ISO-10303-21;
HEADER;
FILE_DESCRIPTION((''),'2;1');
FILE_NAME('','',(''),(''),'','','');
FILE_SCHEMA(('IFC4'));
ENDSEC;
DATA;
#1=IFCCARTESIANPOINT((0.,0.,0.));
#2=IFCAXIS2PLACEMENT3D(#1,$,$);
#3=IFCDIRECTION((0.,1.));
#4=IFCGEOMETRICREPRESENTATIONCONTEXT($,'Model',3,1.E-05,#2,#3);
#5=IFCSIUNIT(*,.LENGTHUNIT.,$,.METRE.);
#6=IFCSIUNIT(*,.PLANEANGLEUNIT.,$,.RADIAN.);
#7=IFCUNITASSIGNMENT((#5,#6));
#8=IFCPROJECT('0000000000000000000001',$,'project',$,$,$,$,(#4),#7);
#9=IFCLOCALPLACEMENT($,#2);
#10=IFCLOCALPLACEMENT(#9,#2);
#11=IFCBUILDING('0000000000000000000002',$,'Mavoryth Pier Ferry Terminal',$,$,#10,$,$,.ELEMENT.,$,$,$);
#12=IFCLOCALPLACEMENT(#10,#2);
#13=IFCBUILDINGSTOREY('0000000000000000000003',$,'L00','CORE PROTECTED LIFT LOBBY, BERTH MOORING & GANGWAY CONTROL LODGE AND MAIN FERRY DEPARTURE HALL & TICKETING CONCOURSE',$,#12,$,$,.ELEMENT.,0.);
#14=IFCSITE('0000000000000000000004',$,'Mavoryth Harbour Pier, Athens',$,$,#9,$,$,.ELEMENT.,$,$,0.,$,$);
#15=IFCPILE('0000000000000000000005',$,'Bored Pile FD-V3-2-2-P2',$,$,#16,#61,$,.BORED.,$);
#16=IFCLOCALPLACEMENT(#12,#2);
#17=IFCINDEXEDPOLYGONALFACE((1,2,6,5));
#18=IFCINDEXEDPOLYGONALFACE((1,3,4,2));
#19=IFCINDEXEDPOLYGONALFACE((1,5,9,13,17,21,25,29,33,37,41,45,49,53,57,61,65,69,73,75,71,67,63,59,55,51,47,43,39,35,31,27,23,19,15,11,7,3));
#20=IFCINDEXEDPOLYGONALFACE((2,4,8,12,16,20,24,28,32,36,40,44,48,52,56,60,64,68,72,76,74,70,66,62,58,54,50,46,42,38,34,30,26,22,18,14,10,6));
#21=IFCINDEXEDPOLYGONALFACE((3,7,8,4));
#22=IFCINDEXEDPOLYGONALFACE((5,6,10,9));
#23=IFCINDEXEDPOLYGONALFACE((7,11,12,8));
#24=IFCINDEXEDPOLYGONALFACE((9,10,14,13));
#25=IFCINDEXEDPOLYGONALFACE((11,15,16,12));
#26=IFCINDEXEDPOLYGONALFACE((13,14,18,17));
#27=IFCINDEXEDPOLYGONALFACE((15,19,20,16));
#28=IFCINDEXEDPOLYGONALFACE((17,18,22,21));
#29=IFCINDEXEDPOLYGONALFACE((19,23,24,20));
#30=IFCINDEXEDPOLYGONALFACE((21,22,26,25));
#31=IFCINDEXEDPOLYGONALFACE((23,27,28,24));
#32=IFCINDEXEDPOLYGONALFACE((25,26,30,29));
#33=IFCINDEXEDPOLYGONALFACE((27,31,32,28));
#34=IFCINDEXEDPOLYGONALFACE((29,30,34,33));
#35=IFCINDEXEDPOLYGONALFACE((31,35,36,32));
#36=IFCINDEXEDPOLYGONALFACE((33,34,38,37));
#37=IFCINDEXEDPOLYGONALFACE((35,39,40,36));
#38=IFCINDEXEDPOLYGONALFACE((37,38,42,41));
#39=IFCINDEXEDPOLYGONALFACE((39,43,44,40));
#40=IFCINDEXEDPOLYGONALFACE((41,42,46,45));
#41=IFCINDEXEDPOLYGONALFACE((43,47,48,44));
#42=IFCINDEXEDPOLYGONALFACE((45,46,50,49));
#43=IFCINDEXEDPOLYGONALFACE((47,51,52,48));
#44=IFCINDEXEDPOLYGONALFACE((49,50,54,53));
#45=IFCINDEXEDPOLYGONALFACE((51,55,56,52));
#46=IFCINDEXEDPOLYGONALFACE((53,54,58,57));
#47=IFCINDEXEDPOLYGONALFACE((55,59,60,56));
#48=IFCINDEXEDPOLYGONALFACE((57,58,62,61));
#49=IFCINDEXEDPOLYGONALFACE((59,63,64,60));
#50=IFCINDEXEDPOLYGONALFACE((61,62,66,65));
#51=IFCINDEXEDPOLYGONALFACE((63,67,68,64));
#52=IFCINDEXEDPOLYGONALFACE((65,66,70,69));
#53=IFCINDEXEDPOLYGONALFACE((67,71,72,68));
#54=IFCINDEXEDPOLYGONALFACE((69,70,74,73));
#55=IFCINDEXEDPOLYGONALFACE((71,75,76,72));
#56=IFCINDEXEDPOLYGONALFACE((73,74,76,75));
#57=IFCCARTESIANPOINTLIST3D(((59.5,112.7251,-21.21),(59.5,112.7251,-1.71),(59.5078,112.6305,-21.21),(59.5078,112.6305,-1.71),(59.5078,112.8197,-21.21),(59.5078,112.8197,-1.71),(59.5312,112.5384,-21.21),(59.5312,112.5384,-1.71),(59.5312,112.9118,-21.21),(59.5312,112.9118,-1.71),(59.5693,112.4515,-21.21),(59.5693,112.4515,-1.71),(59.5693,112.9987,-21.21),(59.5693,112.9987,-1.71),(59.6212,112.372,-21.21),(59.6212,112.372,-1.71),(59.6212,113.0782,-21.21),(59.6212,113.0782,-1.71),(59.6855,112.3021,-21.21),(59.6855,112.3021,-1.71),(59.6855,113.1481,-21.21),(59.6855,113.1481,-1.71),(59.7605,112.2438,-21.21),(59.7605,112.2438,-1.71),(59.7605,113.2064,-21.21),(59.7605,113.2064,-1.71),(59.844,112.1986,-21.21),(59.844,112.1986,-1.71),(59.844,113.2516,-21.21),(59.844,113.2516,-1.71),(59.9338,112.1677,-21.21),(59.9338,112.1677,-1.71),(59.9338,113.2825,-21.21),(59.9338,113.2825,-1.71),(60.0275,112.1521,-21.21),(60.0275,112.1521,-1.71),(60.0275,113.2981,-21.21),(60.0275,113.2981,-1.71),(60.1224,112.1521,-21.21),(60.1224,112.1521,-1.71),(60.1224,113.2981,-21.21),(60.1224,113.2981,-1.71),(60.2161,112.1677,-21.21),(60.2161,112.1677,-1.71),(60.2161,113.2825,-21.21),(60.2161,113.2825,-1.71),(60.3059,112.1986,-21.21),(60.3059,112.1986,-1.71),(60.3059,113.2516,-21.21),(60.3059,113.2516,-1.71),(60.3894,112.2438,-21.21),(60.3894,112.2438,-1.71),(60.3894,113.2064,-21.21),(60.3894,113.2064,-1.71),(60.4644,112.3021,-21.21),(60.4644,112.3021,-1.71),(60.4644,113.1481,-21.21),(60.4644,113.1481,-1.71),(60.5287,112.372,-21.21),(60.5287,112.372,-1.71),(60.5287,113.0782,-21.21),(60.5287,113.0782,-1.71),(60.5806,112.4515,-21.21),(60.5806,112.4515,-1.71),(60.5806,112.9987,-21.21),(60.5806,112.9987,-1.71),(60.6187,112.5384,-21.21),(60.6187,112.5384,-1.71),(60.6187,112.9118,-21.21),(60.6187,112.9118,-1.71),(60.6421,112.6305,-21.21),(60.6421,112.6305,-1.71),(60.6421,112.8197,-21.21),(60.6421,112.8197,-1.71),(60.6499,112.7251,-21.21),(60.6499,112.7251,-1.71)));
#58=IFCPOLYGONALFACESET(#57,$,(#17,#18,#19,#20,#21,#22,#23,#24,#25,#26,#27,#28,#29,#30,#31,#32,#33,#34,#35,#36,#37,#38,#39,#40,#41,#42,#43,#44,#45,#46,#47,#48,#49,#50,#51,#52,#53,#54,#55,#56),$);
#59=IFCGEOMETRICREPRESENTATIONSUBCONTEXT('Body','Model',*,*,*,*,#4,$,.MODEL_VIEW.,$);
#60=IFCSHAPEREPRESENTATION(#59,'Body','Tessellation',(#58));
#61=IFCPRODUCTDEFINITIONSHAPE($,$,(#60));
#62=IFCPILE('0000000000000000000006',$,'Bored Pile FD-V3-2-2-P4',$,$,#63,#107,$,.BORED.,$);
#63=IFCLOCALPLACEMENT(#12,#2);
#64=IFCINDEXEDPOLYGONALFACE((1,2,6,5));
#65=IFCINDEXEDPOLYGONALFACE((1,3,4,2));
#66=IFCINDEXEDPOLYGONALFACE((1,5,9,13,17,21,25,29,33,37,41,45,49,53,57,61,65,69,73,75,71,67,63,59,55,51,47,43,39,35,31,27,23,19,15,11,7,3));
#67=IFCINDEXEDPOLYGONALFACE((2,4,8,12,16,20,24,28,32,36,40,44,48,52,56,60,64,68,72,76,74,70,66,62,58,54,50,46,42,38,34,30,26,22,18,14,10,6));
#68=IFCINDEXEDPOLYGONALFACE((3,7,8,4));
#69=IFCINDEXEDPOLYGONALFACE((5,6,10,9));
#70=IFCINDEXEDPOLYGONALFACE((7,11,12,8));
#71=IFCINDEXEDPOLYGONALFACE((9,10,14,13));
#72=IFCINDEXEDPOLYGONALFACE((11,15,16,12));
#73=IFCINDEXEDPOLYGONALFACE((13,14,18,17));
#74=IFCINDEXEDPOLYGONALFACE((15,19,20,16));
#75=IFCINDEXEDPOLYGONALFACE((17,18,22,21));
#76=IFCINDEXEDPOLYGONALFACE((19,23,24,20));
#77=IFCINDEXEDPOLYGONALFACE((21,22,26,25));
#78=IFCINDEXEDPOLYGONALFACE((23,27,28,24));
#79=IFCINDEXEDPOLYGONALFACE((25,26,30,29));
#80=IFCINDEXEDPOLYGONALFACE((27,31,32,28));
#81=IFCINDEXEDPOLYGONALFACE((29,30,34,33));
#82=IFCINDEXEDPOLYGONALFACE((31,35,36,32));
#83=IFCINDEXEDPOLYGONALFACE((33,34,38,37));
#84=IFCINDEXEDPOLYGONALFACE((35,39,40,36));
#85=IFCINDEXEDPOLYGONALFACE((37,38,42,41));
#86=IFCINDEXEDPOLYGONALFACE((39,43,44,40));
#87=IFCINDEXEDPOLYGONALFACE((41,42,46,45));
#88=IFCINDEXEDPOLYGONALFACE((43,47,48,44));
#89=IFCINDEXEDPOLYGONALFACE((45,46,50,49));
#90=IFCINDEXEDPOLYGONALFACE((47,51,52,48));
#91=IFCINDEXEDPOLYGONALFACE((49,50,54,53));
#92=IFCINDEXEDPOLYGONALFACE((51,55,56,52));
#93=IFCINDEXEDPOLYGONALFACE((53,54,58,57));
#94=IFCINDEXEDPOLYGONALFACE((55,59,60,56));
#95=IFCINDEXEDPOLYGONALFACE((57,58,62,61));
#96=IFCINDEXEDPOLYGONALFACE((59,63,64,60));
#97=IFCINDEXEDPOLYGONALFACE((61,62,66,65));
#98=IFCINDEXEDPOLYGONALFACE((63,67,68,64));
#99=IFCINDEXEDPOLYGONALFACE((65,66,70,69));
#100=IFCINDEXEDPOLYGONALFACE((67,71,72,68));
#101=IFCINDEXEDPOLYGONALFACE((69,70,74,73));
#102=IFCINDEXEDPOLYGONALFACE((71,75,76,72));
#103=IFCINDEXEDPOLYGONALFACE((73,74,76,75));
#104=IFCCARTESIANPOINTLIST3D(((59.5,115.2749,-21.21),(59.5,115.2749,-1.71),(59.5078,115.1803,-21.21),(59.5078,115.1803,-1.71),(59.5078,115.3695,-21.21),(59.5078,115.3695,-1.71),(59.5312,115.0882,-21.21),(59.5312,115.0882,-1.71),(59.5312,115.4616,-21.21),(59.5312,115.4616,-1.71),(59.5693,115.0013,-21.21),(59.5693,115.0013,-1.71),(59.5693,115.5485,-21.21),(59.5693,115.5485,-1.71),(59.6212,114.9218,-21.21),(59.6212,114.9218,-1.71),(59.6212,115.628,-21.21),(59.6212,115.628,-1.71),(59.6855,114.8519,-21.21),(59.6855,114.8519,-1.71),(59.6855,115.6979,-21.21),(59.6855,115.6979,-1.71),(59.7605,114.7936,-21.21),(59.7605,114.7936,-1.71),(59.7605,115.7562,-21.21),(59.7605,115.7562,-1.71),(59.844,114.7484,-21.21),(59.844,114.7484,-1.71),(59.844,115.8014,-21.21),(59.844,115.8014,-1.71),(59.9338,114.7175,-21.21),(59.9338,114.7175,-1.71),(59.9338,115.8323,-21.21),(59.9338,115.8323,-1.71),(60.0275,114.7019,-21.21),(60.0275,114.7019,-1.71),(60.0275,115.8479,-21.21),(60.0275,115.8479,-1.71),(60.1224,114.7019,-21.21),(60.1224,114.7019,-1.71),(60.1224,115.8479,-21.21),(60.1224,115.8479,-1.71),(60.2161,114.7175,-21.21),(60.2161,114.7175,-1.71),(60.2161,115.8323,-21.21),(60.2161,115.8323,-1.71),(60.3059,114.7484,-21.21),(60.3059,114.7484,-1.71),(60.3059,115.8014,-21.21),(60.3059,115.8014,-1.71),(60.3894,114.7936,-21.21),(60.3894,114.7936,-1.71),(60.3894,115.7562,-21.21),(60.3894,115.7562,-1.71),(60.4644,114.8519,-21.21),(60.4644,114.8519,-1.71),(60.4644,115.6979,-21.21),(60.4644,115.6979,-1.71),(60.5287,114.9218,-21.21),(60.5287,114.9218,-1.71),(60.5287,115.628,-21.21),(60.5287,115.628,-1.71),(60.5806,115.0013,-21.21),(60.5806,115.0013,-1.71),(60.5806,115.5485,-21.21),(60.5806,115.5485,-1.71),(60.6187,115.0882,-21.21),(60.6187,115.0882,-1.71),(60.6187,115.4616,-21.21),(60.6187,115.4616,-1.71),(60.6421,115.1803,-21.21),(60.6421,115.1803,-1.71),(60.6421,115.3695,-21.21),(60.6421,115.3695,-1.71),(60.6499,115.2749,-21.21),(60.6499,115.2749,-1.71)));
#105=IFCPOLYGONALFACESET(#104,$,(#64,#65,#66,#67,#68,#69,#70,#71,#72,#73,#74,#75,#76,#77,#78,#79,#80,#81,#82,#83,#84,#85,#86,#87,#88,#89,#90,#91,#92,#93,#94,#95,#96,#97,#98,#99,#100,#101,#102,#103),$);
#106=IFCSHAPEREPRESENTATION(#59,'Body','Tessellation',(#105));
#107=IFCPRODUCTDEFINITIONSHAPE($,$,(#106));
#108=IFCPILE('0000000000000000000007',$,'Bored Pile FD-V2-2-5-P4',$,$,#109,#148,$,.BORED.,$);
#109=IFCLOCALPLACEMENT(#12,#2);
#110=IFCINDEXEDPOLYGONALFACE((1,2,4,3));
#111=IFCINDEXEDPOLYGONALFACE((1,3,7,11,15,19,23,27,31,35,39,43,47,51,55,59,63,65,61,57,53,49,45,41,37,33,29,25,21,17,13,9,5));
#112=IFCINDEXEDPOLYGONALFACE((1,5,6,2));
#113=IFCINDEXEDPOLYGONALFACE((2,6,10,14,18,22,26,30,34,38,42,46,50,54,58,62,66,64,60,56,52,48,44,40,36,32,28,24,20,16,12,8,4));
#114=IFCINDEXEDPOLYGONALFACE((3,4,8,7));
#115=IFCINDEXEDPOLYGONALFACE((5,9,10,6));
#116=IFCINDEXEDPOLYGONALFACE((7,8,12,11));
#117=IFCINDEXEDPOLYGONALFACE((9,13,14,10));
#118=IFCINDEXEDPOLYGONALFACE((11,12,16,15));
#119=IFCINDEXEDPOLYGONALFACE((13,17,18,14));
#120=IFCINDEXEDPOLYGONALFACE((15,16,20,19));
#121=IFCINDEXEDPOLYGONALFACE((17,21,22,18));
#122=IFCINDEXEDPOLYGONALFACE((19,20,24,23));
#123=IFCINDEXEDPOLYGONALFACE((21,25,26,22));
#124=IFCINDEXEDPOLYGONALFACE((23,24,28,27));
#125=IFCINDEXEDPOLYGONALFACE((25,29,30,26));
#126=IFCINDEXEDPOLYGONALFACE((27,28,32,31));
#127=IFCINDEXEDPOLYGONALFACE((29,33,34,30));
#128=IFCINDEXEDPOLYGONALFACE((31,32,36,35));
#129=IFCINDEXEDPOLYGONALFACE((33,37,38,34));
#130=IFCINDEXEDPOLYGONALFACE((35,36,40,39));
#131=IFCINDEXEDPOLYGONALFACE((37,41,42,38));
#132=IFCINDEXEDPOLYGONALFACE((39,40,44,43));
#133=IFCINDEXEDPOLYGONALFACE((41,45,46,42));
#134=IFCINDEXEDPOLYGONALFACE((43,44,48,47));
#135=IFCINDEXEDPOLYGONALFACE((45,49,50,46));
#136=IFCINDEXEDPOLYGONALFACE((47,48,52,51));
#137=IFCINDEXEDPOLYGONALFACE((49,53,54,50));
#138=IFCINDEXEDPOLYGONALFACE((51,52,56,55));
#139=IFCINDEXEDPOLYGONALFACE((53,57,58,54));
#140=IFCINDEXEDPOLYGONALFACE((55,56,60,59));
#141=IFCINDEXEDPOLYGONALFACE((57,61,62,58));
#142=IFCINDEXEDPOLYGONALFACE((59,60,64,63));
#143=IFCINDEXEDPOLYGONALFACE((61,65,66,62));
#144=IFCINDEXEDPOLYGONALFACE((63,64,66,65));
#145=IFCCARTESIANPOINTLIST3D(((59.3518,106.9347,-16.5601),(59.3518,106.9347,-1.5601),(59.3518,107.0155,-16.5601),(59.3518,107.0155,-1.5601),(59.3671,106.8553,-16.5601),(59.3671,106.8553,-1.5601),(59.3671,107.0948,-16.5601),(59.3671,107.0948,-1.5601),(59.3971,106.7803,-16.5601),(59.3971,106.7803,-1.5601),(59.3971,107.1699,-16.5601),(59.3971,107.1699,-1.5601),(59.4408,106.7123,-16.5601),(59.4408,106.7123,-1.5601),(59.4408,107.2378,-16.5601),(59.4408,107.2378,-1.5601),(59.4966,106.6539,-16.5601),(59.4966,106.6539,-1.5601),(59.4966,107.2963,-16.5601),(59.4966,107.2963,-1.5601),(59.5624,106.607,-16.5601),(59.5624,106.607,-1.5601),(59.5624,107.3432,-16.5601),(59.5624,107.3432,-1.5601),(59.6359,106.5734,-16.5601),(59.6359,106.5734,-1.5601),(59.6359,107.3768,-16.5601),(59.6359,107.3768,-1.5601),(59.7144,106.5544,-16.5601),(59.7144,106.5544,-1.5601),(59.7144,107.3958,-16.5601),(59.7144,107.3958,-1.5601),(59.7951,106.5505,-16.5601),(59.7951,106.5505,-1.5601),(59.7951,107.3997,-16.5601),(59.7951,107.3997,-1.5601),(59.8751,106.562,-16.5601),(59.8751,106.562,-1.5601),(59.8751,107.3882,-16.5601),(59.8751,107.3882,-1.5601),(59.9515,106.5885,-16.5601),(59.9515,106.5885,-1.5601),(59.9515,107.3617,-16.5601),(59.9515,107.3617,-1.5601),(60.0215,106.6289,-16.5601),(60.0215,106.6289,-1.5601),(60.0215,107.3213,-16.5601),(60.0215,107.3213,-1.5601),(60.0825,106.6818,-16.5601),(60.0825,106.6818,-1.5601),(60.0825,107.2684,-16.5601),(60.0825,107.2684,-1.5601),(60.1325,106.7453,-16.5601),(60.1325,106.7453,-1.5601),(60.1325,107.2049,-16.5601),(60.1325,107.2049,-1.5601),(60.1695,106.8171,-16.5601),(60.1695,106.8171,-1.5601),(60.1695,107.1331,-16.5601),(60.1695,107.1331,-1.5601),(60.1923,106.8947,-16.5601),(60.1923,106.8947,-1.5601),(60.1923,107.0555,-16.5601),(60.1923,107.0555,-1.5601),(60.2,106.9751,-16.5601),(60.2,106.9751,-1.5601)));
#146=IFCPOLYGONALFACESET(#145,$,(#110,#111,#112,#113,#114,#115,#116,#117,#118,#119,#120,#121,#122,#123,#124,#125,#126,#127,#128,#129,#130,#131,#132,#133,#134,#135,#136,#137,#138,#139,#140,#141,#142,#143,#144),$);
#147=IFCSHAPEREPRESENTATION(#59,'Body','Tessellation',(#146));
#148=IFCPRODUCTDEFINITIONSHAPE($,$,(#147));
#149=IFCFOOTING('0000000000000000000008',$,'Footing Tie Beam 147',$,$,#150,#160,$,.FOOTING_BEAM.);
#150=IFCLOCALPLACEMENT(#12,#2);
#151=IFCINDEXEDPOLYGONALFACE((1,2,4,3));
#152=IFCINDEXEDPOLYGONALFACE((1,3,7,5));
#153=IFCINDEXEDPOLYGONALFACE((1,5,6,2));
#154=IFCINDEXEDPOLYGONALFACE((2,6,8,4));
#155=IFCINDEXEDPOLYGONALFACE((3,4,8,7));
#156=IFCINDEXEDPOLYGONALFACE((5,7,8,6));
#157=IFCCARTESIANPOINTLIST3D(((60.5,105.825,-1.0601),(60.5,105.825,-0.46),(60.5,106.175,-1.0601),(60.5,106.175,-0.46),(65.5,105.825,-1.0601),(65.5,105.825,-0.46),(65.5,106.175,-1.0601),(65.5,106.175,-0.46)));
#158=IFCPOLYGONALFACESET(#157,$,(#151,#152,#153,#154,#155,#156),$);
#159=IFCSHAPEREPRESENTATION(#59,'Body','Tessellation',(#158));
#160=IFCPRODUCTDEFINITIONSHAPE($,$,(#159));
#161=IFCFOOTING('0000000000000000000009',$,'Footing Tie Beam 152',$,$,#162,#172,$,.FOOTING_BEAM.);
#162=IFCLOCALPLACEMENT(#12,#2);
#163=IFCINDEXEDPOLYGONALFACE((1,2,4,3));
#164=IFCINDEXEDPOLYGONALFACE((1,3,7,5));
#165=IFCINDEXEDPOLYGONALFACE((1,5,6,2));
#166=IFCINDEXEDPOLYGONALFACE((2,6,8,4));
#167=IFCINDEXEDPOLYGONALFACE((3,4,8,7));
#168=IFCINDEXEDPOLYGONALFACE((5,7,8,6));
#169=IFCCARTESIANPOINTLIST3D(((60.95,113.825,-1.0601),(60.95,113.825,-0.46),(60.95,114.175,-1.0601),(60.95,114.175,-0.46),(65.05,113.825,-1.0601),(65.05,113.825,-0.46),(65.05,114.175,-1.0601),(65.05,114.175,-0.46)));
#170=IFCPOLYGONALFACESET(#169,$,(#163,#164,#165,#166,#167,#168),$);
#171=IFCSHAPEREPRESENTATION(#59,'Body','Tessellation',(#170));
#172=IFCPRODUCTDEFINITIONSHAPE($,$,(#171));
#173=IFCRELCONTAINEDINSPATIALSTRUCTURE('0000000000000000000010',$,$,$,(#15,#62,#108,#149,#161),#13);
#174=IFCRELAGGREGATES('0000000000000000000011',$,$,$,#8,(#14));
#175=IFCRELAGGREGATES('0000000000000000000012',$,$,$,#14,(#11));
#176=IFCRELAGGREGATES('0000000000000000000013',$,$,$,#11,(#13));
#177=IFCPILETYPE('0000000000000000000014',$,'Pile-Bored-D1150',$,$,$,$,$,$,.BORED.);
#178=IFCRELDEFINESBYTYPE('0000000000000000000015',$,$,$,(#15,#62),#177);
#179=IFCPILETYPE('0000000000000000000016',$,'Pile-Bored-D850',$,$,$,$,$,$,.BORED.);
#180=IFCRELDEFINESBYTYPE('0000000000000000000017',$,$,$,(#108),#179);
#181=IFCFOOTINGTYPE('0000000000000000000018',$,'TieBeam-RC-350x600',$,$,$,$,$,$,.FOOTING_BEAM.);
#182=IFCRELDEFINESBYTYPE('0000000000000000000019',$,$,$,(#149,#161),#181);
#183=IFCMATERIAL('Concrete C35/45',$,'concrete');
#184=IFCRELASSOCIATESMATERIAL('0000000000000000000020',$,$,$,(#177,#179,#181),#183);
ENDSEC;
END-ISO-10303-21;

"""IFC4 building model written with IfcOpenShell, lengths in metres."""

from ifc_helpers import new_model, si_unit, direction, frame, origin, origin_2d, place, context, subcontext, project, spatial, rectangle, circle, extrude, material, material_profile, profile_set, type_object, element, save


model = new_model("IFC4")

# Units and contexts
model_context = context("Model", 3, precision=1e-05, world=origin(), true_north=direction((0.0, 1.0)))
body_context = subcontext(model_context, "Body", "Model", "MODEL_VIEW")
ifc_project = project(units=[si_unit("LENGTHUNIT", "METRE"), si_unit("PLANEANGLEUNIT", "RADIAN")], contexts=[model_context])

# Site, building, storey
site_placement = place(None, origin())
site = spatial("IfcSite", under=ifc_project, at=site_placement, Name="Mavoryth Harbour Pier, Athens", CompositionType="ELEMENT", RefElevation=0.0)
building_placement = place(site_placement, origin())
building = spatial("IfcBuilding", under=site, at=building_placement, Name="Mavoryth Pier Ferry Terminal", CompositionType="ELEMENT")
storey_placement = place(building_placement, origin())
storey = spatial("IfcBuildingStorey", under=building, at=storey_placement, Name="L00", Description="CORE PROTECTED LIFT LOBBY, BERTH MOORING & GANGWAY CONTROL LODGE AND MAIN FERRY DEPARTURE HALL & TICKETING CONCOURSE", CompositionType="ELEMENT", Elevation=0.0)

# Piles
ifc_material_1 = material(Name="Concrete C35/45", Category="concrete")
ifc_material_profile_1 = material_profile(ifc_material_1, circle(Radius=0.575, at=origin_2d()), Name="PILE D1150", Category="concrete")
ifc_profile_set_1 = profile_set([ifc_material_profile_1], Name="Concrete C35/45 - PILE D1150")
pile_type_1 = type_object("IfcPileType", Name="Pile-Bored-D1150", PredefinedType="BORED", material=ifc_profile_set_1)
for number, where, z_axis, x_axis, name in (
    (1, (60.075, 112.7251, -1.71), (0.0, 0.0, -1.0), (1.0, 0.0, 0.0), "Bored Pile FD-V3-2-2-P2"),
    (2, (60.075, 115.2749, -1.71), (0.0, 0.0, -1.0), (1.0, 0.0, 0.0), "Bored Pile FD-V3-2-2-P4"),
):
    element("IfcPile", number, at=place(storey_placement, frame(where, z_axis=z_axis, x_axis=x_axis)), inside=storey, type_object=pile_type_1, Name=name, PredefinedType="BORED", context=body_context, shape_type="SweptSolid", body=[
        extrude(circle(Radius=0.575, at=origin_2d()), origin(), (0.0, 0.0, 1.0), 19.5),
    ])
ifc_material_profile_2 = material_profile(ifc_material_1, circle(Radius=0.425, at=origin_2d()), Name="PILE D850", Category="concrete")
ifc_profile_set_2 = profile_set([ifc_material_profile_2], Name="Concrete C35/45 - PILE D850")
pile_type_2 = type_object("IfcPileType", Name="Pile-Bored-D850", PredefinedType="BORED", material=ifc_profile_set_2)
pile_placement = place(storey_placement, frame((59.7749, 106.9751, -1.5601), z_axis=(0.0, 0.0, -1.0), x_axis=(1.0, 0.0, 0.0)))
element("IfcPile", 3, at=pile_placement, inside=storey, type_object=pile_type_2, Name="Bored Pile FD-V2-2-5-P4", PredefinedType="BORED", context=body_context, shape_type="SweptSolid", body=[
    extrude(circle(Radius=0.425, at=origin_2d()), origin(), (0.0, 0.0, 1.0), 15.0),
])

# Footings
ifc_material_profile_3 = material_profile(ifc_material_1, rectangle(XDim=0.3501, YDim=0.6001, at=origin_2d()), Name="RC 350x600", Category="concrete")
ifc_profile_set_3 = profile_set([ifc_material_profile_3], Name="Concrete C35/45 - RC 350x600")
footing_type = type_object("IfcFootingType", Name="TieBeam-RC-350x600", PredefinedType="FOOTING_BEAM", material=ifc_profile_set_3)
footing_1_placement = place(storey_placement, frame((60.5, 106.0, -0.76), z_axis=(1.0, 0.0, 0.0), x_axis=(0.0, 1.0, 0.0)))
element("IfcFooting", 4, at=footing_1_placement, inside=storey, type_object=footing_type, Name="Footing Tie Beam 147", PredefinedType="FOOTING_BEAM", context=body_context, shape_type="SweptSolid", body=[
    extrude(rectangle(XDim=0.3501, YDim=0.6001, at=origin_2d()), origin(), (0.0, 0.0, 1.0), 5.0),
])
footing_2_placement = place(storey_placement, frame((60.95, 114.0, -0.76), z_axis=(1.0, 0.0, 0.0), x_axis=(0.0, 1.0, 0.0)))
element("IfcFooting", 5, at=footing_2_placement, inside=storey, type_object=footing_type, Name="Footing Tie Beam 152", PredefinedType="FOOTING_BEAM", context=body_context, shape_type="SweptSolid", body=[
    extrude(rectangle(XDim=0.3501, YDim=0.6001, at=origin_2d()), origin(), (0.0, 0.0, 1.0), 4.1001),
])

save(model, "model.ifc")
